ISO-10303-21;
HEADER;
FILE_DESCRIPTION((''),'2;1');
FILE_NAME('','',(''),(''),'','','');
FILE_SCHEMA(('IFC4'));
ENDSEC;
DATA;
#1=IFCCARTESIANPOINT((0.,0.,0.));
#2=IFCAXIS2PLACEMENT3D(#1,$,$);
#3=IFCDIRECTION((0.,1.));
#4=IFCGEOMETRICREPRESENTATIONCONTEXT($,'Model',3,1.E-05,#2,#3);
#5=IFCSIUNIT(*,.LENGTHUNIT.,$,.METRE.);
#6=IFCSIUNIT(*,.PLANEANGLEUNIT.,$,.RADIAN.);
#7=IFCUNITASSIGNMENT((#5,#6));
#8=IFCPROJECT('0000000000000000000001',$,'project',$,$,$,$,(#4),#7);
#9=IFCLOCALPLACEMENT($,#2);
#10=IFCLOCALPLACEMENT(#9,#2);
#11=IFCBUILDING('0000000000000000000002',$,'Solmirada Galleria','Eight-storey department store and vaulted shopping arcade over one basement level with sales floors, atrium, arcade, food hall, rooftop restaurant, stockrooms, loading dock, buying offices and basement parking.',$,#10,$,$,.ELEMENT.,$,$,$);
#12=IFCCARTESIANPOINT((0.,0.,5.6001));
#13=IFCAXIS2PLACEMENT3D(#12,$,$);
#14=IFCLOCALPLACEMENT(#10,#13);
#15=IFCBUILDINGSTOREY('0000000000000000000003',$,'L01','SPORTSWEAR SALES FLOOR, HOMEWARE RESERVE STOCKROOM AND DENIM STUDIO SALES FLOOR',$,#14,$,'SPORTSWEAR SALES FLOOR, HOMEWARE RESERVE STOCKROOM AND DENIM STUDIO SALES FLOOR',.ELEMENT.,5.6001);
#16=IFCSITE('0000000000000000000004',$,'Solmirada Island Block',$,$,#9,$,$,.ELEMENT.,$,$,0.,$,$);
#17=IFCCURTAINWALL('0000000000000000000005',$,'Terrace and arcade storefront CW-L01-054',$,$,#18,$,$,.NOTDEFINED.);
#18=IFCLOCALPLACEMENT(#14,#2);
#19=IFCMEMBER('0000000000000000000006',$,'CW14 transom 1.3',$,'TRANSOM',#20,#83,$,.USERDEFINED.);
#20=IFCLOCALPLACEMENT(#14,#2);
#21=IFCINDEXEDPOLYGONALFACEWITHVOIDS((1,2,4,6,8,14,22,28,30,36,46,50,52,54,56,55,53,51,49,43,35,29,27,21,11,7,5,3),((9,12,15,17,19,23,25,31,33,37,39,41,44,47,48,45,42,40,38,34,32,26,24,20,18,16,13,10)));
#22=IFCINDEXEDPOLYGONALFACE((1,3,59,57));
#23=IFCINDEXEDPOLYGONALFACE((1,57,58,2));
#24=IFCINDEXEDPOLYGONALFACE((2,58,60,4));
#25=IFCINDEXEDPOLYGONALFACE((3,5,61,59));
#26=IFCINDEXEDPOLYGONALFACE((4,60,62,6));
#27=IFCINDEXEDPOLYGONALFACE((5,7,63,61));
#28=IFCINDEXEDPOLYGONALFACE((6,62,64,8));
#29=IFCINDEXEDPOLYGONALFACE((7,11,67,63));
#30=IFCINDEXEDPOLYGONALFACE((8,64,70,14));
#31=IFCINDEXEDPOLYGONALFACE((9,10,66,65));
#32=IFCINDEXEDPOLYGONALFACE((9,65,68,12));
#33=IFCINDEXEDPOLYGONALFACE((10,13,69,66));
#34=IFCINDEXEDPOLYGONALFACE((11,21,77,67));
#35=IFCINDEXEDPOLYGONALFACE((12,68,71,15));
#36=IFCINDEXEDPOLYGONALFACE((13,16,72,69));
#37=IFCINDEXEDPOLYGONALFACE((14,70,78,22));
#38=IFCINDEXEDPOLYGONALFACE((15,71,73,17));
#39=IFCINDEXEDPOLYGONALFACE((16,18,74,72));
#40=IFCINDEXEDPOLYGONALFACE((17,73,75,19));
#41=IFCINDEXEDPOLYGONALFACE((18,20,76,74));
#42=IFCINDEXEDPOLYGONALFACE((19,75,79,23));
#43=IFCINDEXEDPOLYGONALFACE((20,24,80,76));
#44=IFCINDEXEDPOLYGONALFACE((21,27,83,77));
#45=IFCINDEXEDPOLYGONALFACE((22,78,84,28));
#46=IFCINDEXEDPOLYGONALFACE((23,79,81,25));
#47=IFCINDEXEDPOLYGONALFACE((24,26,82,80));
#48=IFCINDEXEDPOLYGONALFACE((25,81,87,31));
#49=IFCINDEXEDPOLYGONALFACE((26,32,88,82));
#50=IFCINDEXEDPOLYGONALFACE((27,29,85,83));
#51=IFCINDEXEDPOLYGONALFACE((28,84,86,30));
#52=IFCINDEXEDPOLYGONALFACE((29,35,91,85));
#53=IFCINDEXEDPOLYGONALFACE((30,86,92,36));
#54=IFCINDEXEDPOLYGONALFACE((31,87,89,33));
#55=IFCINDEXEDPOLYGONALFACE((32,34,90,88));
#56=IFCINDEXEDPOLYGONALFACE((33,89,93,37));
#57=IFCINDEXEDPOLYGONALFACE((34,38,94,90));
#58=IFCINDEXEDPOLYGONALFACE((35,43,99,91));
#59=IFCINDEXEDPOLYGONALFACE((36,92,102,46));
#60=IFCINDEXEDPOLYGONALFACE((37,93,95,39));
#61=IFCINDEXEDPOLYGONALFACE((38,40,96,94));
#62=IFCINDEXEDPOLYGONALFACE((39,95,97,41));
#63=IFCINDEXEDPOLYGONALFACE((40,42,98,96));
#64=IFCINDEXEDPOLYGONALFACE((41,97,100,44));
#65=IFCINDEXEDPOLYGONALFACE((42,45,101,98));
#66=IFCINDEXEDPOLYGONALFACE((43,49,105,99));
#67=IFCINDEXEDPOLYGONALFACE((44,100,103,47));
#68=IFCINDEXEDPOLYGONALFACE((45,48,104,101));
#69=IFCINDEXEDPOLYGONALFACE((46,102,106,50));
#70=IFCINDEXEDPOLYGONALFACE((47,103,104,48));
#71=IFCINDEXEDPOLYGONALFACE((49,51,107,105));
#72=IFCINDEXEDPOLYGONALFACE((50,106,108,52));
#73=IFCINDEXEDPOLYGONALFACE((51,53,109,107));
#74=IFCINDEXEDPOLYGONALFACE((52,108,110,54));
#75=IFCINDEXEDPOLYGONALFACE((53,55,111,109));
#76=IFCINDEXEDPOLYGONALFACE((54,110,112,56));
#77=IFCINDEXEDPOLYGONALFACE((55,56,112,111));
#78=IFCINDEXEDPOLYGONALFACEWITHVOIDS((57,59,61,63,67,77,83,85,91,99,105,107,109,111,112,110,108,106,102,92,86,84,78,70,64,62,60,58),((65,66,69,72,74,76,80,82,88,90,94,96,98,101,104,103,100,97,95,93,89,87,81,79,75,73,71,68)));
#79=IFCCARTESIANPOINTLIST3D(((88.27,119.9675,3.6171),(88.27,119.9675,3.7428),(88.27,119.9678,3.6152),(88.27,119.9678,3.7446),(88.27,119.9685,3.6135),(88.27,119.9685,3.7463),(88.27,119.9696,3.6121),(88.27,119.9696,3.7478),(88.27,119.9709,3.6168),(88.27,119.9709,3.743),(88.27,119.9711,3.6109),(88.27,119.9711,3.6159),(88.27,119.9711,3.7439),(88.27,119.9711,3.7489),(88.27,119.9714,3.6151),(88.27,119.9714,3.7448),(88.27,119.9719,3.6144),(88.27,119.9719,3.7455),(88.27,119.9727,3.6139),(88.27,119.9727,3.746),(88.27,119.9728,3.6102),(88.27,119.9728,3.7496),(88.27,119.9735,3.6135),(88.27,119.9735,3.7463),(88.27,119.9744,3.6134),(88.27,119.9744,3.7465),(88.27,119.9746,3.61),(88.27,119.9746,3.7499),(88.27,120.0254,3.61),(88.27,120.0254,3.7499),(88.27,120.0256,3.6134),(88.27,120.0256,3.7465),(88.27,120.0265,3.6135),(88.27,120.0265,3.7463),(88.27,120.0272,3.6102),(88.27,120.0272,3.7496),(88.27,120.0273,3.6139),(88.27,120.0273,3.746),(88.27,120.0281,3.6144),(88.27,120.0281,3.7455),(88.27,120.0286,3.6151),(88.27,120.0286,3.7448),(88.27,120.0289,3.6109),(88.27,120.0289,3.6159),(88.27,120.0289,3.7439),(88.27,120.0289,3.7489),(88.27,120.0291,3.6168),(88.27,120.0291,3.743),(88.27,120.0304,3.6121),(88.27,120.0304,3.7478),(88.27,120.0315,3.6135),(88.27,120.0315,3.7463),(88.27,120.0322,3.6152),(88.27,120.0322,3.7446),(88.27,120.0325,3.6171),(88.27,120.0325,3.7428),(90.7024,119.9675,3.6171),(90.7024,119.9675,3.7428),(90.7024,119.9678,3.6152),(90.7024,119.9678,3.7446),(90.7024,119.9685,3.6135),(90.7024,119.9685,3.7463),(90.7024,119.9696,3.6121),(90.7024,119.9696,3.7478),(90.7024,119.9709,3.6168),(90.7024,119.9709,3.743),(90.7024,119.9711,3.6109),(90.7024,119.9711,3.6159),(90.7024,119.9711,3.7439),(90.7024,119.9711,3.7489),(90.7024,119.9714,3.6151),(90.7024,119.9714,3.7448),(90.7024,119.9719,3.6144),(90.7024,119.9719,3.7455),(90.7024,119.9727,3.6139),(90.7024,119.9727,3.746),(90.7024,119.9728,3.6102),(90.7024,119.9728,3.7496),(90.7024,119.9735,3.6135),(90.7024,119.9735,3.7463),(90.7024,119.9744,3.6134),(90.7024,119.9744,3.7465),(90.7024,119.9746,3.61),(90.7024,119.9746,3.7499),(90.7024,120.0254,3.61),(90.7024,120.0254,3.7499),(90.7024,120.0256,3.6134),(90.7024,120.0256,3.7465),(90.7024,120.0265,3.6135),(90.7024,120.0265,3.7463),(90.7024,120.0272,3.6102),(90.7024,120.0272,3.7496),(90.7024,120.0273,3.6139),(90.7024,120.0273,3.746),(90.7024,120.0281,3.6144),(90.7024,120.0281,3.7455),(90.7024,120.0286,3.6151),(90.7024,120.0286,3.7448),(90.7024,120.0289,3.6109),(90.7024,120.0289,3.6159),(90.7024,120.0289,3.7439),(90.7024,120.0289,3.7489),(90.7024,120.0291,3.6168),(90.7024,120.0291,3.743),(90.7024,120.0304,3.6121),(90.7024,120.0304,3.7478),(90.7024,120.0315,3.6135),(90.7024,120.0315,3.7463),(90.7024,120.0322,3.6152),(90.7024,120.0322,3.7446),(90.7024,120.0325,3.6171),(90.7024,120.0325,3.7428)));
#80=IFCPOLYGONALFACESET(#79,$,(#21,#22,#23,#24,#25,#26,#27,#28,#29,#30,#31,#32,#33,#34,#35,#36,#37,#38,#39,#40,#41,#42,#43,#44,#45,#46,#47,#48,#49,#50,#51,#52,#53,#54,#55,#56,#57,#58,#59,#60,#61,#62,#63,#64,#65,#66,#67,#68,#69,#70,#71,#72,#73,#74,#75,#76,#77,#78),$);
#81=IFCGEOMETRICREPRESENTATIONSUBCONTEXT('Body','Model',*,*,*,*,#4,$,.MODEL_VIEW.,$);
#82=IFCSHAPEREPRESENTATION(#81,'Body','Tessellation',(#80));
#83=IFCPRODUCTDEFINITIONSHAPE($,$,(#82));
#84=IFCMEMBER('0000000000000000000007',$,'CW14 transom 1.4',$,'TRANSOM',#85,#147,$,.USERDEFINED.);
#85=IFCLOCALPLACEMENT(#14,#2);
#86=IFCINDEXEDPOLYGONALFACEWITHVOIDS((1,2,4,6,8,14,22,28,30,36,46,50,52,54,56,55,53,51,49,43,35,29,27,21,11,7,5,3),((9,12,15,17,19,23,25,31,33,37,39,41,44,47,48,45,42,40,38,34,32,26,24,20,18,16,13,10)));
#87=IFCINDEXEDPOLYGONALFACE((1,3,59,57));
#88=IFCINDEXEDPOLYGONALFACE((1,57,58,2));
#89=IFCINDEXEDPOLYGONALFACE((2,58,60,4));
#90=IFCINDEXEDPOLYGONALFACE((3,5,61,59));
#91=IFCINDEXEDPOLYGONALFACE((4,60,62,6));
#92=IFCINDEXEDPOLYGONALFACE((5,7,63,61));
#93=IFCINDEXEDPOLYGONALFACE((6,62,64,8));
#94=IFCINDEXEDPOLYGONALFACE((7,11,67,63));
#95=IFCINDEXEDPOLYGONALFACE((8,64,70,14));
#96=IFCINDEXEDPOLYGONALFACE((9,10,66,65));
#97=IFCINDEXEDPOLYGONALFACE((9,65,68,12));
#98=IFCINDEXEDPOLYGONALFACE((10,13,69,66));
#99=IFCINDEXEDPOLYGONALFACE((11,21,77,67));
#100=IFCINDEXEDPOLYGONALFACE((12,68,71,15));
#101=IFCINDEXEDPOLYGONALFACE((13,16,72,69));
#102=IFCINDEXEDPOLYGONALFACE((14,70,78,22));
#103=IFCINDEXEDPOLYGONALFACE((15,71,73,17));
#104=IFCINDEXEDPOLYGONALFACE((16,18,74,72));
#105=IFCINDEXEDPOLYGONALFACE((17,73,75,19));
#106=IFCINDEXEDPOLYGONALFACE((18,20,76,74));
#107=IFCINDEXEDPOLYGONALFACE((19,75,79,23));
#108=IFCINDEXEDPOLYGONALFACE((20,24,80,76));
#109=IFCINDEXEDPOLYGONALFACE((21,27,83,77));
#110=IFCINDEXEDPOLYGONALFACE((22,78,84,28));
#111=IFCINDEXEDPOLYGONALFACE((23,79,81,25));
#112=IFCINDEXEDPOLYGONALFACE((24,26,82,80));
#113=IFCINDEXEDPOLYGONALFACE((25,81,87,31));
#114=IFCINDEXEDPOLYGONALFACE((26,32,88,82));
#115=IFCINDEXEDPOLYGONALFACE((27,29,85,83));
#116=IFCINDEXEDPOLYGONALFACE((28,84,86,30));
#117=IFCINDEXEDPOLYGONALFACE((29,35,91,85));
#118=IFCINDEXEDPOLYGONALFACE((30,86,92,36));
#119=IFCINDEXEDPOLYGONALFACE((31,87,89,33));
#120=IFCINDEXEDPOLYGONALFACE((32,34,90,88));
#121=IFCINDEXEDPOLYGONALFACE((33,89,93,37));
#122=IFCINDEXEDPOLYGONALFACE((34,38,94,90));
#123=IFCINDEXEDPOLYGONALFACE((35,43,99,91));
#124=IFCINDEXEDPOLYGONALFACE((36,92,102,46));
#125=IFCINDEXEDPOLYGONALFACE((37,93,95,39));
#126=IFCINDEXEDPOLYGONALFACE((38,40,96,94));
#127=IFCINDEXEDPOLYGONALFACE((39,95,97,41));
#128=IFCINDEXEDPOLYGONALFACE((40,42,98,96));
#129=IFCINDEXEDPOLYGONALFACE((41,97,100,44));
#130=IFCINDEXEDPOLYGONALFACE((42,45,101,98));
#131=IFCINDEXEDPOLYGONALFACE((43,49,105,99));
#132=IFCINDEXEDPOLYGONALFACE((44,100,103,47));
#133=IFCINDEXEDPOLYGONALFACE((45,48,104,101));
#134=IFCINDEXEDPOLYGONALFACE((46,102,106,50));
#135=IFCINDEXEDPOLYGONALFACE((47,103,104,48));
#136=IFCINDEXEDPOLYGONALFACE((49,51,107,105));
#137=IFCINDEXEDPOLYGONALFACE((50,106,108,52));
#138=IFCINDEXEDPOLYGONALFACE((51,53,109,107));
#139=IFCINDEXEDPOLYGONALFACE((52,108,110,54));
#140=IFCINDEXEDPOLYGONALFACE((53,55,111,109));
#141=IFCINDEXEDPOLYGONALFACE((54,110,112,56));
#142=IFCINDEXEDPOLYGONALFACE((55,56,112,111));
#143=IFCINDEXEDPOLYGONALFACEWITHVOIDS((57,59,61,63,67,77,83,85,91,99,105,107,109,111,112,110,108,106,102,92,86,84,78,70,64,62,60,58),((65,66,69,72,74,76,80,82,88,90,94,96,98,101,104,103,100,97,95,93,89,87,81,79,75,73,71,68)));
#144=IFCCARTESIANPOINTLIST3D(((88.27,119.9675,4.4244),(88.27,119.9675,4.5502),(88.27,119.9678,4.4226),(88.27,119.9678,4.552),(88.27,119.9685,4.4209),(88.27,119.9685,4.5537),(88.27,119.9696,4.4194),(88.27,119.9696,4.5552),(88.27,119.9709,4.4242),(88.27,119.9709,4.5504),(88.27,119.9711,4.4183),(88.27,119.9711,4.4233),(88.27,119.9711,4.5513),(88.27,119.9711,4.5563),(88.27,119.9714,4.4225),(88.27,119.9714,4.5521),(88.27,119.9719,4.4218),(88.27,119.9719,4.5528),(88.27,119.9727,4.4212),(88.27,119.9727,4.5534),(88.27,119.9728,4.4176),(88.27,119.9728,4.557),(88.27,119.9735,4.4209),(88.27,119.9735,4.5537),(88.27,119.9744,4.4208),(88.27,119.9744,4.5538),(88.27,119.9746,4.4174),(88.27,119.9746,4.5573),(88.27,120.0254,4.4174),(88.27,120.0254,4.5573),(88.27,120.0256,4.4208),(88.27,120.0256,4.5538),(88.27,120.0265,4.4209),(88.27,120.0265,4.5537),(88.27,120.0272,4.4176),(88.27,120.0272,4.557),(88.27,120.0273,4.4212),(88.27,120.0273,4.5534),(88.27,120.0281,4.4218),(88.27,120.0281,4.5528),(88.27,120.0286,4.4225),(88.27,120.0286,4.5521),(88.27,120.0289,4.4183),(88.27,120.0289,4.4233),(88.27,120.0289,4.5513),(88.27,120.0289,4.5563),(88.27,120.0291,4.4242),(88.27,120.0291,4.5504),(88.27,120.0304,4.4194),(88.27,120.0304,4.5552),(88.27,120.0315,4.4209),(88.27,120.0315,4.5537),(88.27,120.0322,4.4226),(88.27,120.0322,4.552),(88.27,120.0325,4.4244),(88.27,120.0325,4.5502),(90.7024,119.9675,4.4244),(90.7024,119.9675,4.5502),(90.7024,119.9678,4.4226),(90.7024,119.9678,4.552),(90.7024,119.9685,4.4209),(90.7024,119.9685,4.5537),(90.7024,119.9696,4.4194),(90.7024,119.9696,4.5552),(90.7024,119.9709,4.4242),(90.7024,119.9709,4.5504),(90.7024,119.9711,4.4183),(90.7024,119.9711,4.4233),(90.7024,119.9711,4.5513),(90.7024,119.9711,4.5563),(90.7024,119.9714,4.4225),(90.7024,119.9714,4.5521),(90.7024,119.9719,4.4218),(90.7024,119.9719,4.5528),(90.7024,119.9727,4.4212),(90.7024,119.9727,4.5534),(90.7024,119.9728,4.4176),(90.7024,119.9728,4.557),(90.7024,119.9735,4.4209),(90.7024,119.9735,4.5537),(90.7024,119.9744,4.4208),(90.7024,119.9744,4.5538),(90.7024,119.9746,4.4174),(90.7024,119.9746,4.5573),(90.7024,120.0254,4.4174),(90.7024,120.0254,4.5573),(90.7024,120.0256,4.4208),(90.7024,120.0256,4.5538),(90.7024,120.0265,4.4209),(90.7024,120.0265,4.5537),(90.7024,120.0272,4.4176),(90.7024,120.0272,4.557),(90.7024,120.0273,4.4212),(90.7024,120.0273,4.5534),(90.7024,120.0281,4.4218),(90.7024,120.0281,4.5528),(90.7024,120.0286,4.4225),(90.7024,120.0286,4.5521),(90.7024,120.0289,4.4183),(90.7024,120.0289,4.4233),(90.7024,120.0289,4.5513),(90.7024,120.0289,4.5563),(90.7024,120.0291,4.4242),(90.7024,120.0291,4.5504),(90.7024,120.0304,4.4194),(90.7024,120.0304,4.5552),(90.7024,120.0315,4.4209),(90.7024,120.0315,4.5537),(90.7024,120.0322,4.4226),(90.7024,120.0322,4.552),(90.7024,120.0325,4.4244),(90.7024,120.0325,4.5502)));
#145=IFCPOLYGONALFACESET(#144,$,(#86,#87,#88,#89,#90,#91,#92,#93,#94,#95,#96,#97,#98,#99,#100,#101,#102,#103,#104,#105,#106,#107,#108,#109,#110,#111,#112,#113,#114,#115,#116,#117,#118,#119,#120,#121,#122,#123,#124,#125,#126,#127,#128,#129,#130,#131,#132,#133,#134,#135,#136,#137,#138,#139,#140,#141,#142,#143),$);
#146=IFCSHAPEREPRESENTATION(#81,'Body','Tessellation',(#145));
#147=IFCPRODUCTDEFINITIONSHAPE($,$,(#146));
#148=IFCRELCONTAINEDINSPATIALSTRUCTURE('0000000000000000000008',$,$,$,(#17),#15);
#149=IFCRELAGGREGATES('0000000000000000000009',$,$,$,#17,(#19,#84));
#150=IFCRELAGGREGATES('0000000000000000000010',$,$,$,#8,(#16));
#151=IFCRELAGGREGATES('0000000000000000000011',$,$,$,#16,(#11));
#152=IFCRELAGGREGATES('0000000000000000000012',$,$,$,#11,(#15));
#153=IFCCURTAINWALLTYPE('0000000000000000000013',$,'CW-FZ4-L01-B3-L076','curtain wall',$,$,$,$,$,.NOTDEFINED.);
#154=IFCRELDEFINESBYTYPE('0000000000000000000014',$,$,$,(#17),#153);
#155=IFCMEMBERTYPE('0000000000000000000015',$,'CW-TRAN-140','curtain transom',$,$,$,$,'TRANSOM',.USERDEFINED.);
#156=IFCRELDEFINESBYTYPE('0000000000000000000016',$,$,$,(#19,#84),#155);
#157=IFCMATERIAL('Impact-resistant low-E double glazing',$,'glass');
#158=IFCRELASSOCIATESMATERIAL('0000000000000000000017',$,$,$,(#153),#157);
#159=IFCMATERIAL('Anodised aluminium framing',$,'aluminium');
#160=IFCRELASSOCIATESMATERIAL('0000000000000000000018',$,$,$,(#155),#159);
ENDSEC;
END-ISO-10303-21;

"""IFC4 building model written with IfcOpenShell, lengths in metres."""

from ifc_helpers import new_model, si_unit, direction, frame, origin, origin_2d, place, context, subcontext, project, spatial, hollow_rectangle, extrude, material, material_profile, profile_set, type_object, element, aggregate, save


model = new_model("IFC4")

# Units and contexts
model_context = context("Model", 3, precision=1e-05, world=origin(), true_north=direction((0.0, 1.0)))
body_context = subcontext(model_context, "Body", "Model", "MODEL_VIEW")
ifc_project = project(units=[si_unit("LENGTHUNIT", "METRE"), si_unit("PLANEANGLEUNIT", "RADIAN")], contexts=[model_context])

# Site, building, storey
site_placement = place(None, origin())
site = spatial("IfcSite", under=ifc_project, at=site_placement, Name="Solmirada Island Block", CompositionType="ELEMENT", RefElevation=0.0)
building_placement = place(site_placement, origin())
building = spatial("IfcBuilding", under=site, at=building_placement, Name="Solmirada Galleria", Description="Eight-storey department store and vaulted shopping arcade over one basement level with sales floors, atrium, arcade, food hall, rooftop restaurant, stockrooms, loading dock, buying offices and basement parking.", CompositionType="ELEMENT")
storey_placement = place(building_placement, frame((0.0, 0.0, 5.6001)))
storey = spatial("IfcBuildingStorey", under=building, at=storey_placement, Name="L01", Description="SPORTSWEAR SALES FLOOR, HOMEWARE RESERVE STOCKROOM AND DENIM STUDIO SALES FLOOR", LongName="SPORTSWEAR SALES FLOOR, HOMEWARE RESERVE STOCKROOM AND DENIM STUDIO SALES FLOOR", CompositionType="ELEMENT", Elevation=5.6001)

# Shared definitions
ifc_material_1 = material(Name="Impact-resistant low-E double glazing", Category="glass")
curtain_wall_type = type_object("IfcCurtainWallType", Name="CW-FZ4-L01-B3-L076", Description="curtain wall", PredefinedType="NOTDEFINED", material=ifc_material_1)
ifc_material_2 = material(Name="Anodised aluminium framing", Category="aluminium")

# Curtain wall, members
curtain_wall_1_placement = place(storey_placement, origin())
curtain_wall_1 = element("IfcCurtainWall", 1, at=curtain_wall_1_placement, inside=storey, type_object=curtain_wall_type, Name="Terrace and arcade storefront CW-L01-054", PredefinedType="NOTDEFINED")
ifc_material_profile_1 = material_profile(ifc_material_2, hollow_rectangle(XDim=0.0649, YDim=0.1399, WallThickness=0.0034, InnerFilletRadius=0.0034, OuterFilletRadius=0.0071, at=origin_2d()), Name="ALU-TRAN-140X65")
ifc_profile_set_1 = profile_set([ifc_material_profile_1], Name="Anodised aluminium framing")
member_type_1 = type_object("IfcMemberType", Name="CW-TRAN-140", Description="curtain transom", ElementType="TRANSOM", PredefinedType="USERDEFINED", material=ifc_profile_set_1)
member_1_placement = place(storey_placement, frame((88.27, 120.0, 3.6799), z_axis=(1.0, 0.0, 0.0), x_axis=(0.0, 1.0, 0.0)))
member_1 = element("IfcMember", 2, at=member_1_placement, type_object=member_type_1, Name="CW14 transom 1.3", ObjectType="TRANSOM", PredefinedType="USERDEFINED", context=body_context, shape_type="SweptSolid", body=[
    extrude(hollow_rectangle(XDim=0.0649, YDim=0.1399, WallThickness=0.0034, InnerFilletRadius=0.0034, OuterFilletRadius=0.0071, at=origin_2d()), origin(), (0.0, 0.0, 1.0), 2.4324),
])
member_2_placement = place(storey_placement, frame((88.27, 120.0, 4.4873), z_axis=(1.0, 0.0, 0.0), x_axis=(0.0, 1.0, 0.0)))
member_2 = element("IfcMember", 3, at=member_2_placement, type_object=member_type_1, Name="CW14 transom 1.4", ObjectType="TRANSOM", PredefinedType="USERDEFINED", context=body_context, shape_type="SweptSolid", body=[
    extrude(hollow_rectangle(XDim=0.0649, YDim=0.1399, WallThickness=0.0034, InnerFilletRadius=0.0034, OuterFilletRadius=0.0071, at=origin_2d()), origin(), (0.0, 0.0, 1.0), 2.4324),
])
aggregate(curtain_wall_1, [member_1, member_2])

save(model, "model.ifc")
